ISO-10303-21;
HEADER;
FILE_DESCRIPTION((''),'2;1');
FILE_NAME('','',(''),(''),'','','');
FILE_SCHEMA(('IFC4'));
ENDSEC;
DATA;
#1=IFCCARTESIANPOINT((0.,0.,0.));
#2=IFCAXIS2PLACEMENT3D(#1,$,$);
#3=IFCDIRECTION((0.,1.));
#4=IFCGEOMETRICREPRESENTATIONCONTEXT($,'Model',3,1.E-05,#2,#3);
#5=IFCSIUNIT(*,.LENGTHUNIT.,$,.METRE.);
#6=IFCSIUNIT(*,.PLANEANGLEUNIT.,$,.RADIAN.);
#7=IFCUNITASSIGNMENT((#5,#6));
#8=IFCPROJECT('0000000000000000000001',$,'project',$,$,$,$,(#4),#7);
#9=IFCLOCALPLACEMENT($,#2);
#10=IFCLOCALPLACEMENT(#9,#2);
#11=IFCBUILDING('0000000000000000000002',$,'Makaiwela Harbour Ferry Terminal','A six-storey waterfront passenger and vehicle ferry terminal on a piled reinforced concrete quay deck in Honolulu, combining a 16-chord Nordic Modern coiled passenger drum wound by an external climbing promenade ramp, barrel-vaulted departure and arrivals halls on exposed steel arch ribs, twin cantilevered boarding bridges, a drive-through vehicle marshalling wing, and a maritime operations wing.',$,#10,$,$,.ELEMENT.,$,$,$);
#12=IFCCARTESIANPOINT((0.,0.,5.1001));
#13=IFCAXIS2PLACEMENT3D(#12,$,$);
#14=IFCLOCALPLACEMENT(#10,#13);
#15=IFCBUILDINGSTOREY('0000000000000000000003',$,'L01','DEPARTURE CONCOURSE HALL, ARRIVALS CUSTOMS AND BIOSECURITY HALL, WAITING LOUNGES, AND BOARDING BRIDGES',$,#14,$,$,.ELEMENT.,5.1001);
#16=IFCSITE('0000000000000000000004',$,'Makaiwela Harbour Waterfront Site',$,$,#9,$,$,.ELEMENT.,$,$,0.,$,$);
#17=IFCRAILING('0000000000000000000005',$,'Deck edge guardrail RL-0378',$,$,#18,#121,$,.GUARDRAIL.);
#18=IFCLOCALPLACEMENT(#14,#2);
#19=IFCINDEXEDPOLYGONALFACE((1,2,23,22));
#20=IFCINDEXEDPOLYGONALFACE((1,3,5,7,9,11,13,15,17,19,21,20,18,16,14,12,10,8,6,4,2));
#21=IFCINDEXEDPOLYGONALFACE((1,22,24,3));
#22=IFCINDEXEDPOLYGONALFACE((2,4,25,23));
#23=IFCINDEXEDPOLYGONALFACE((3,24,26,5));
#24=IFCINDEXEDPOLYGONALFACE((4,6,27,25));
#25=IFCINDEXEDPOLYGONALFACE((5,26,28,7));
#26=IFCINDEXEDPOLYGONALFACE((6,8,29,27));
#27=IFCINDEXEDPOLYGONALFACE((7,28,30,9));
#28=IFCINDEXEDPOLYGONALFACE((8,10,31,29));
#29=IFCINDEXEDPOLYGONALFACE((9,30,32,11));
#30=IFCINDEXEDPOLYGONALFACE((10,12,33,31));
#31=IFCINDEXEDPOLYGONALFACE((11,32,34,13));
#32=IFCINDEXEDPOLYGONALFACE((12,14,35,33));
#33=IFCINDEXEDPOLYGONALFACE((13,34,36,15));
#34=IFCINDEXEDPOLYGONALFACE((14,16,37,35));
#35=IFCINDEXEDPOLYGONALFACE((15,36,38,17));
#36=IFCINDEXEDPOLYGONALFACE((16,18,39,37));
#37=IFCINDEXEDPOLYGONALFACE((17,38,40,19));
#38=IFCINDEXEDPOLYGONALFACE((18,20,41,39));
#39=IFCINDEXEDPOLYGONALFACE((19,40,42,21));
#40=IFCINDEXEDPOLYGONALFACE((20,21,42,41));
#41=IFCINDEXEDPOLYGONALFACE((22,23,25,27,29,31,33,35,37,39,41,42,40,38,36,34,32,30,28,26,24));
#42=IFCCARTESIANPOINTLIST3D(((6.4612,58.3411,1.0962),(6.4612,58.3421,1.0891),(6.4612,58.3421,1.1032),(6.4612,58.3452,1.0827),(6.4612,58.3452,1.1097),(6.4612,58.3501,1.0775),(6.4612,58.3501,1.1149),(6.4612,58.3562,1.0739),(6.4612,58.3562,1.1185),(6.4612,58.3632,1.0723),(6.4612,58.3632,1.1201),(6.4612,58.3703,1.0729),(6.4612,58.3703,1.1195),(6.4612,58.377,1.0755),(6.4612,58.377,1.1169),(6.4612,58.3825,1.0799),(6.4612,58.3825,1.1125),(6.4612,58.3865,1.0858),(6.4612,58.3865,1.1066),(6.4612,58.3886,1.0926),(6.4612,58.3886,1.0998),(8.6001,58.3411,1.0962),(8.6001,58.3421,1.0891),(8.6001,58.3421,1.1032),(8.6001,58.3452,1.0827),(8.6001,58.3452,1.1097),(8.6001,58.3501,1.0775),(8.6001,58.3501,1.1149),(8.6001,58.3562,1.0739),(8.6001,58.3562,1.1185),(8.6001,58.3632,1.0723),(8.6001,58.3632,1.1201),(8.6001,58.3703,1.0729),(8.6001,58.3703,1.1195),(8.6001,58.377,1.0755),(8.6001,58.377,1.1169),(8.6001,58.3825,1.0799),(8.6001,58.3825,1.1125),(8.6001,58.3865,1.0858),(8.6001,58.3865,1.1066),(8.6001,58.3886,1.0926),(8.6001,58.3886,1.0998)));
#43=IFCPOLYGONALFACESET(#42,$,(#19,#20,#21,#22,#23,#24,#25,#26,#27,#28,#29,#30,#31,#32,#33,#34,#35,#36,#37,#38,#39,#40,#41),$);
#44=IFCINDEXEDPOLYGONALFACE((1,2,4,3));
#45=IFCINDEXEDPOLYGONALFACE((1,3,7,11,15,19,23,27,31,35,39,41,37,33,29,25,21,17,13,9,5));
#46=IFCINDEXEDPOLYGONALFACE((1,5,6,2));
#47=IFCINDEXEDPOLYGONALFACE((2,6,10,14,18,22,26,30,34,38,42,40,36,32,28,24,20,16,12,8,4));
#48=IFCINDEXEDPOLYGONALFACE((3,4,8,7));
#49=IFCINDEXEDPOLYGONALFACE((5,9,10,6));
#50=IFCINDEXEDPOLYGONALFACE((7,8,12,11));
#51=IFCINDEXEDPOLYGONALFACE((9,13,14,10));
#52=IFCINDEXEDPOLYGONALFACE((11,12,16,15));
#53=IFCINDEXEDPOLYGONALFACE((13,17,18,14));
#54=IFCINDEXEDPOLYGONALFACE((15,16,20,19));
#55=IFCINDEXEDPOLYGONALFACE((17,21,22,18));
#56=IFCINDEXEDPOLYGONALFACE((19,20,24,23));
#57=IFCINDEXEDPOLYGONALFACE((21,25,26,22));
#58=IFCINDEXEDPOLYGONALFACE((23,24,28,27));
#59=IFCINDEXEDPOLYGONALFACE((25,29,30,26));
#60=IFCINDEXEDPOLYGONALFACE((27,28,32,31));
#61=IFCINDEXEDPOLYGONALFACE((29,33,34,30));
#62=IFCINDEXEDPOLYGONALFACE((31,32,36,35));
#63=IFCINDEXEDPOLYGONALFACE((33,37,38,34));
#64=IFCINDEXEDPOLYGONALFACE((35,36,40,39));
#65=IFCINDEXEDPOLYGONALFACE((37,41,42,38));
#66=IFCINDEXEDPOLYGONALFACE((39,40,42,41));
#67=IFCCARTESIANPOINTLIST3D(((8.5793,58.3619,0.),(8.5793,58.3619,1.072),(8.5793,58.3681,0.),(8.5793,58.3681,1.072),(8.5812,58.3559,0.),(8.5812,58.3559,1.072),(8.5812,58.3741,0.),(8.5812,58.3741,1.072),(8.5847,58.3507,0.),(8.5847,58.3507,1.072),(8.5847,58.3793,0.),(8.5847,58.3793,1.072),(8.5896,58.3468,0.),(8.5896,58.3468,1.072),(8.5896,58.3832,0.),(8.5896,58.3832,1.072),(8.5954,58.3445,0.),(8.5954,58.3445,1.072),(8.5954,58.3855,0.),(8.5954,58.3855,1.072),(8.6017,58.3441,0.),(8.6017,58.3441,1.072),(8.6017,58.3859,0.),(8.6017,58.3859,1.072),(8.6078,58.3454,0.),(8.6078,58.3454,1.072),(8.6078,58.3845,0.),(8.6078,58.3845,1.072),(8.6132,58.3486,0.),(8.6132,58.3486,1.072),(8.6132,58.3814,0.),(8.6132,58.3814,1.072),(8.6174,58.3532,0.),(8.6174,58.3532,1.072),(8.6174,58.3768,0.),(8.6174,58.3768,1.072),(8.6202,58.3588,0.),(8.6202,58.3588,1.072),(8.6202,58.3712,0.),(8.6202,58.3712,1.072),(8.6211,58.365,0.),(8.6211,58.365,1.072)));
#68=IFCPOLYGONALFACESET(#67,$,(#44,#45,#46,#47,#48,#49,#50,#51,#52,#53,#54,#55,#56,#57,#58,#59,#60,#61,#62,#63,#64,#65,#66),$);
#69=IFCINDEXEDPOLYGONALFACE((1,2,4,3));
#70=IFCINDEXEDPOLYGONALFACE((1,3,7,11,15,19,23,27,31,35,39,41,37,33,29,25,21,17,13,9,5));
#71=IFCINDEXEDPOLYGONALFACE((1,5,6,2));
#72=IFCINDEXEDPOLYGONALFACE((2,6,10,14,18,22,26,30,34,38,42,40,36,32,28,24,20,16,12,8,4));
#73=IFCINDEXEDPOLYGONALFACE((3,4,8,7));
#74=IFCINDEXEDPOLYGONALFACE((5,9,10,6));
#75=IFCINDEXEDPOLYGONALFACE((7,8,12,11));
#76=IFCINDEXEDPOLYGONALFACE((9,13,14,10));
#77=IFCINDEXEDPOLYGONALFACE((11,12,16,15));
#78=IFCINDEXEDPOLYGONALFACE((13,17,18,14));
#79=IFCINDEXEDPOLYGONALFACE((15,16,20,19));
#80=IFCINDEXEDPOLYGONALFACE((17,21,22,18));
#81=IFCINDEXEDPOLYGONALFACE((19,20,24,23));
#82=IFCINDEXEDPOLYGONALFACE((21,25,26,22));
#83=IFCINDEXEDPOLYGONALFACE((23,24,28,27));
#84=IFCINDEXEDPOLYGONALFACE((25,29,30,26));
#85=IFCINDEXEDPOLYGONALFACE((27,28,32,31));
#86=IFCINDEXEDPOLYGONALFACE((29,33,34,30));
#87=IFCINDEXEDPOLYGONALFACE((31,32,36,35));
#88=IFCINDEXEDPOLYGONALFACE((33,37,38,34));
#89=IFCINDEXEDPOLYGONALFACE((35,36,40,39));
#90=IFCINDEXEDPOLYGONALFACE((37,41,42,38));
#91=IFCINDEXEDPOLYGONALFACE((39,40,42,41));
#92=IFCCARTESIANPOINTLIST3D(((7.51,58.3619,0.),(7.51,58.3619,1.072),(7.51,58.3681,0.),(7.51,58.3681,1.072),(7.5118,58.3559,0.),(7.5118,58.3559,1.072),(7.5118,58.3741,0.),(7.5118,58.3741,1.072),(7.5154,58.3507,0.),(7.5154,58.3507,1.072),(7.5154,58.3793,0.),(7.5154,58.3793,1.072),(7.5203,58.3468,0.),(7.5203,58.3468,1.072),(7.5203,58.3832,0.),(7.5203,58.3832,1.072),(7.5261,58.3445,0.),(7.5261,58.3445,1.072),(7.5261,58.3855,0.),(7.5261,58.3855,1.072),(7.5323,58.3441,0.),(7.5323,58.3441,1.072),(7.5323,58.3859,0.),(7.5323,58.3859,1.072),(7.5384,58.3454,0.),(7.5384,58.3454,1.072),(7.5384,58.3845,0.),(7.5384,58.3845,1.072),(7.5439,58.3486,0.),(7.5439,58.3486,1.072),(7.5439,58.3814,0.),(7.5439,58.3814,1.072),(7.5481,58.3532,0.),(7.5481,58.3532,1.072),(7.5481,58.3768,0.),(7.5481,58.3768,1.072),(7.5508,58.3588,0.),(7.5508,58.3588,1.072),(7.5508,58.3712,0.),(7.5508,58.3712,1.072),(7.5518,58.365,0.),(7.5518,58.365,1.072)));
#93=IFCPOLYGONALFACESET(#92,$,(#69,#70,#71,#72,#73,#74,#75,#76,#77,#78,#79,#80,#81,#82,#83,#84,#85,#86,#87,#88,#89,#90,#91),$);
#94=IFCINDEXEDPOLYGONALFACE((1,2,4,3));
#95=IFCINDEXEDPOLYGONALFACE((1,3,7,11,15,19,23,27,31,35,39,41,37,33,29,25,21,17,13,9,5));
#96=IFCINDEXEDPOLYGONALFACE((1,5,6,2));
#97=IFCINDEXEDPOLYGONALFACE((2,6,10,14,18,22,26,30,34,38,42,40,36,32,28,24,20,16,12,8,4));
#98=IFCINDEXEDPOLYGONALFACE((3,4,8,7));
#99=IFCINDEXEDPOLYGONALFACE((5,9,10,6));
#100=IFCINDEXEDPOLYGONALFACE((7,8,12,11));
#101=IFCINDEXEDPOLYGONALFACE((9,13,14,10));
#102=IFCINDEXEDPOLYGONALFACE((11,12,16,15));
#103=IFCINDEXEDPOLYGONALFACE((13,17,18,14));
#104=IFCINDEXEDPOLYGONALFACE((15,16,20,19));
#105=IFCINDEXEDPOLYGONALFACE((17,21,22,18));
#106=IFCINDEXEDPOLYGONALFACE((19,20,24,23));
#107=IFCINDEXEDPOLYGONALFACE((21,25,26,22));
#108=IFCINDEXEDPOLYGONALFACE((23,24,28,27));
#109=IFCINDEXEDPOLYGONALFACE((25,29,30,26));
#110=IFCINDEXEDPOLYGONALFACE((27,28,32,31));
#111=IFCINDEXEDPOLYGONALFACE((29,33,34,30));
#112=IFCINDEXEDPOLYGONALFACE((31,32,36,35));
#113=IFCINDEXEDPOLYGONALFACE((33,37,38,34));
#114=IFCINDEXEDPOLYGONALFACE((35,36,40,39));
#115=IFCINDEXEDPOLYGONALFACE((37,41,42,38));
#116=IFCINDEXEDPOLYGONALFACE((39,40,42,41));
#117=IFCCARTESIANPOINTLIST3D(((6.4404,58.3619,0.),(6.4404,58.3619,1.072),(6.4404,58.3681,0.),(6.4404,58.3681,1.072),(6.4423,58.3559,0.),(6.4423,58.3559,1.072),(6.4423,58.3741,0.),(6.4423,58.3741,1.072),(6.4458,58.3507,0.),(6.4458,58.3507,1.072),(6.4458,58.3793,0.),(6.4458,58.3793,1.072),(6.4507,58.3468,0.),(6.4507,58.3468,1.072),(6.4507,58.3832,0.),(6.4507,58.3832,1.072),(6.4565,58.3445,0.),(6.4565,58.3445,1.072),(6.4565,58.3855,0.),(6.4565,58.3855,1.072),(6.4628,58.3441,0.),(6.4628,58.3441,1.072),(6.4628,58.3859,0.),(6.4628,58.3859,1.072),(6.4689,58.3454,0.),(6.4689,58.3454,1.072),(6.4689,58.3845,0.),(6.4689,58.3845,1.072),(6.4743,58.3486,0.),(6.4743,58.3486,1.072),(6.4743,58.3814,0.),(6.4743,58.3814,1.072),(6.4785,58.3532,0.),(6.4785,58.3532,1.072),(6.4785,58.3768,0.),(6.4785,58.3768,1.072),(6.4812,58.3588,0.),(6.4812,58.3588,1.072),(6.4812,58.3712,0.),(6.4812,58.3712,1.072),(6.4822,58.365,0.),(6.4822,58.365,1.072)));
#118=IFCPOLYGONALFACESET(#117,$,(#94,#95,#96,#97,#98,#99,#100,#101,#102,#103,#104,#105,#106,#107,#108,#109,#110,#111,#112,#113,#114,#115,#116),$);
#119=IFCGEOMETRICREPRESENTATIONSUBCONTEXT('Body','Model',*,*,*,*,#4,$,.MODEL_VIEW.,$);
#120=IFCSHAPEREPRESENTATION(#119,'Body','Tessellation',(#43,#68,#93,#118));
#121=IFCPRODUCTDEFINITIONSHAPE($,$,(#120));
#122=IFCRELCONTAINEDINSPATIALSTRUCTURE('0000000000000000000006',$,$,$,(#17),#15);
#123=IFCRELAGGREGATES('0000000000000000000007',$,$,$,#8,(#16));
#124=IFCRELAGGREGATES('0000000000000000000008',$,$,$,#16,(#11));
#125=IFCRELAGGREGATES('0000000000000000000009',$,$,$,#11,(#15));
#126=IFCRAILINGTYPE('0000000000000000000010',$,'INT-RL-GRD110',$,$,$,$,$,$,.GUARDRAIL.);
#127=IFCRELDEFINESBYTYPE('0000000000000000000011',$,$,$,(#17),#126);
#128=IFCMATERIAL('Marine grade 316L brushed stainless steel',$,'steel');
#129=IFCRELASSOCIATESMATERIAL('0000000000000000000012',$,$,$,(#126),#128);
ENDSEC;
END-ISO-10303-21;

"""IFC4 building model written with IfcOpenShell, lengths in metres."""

from ifc_helpers import new_model, si_unit, direction, frame, origin, origin_2d, place, context, subcontext, project, spatial, circle, extrude, material, type_object, element, save


model = new_model("IFC4")

# Units and contexts
model_context = context("Model", 3, precision=1e-05, world=origin(), true_north=direction((0.0, 1.0)))
body_context = subcontext(model_context, "Body", "Model", "MODEL_VIEW")
ifc_project = project(units=[si_unit("LENGTHUNIT", "METRE"), si_unit("PLANEANGLEUNIT", "RADIAN")], contexts=[model_context])

# Site, building, storey
site_placement = place(None, origin())
site = spatial("IfcSite", under=ifc_project, at=site_placement, Name="Makaiwela Harbour Waterfront Site", CompositionType="ELEMENT", RefElevation=0.0)
building_placement = place(site_placement, origin())
building = spatial("IfcBuilding", under=site, at=building_placement, Name="Makaiwela Harbour Ferry Terminal", Description="A six-storey waterfront passenger and vehicle ferry terminal on a piled reinforced concrete quay deck in Honolulu, combining a 16-chord Nordic Modern coiled passenger drum wound by an external climbing promenade ramp, barrel-vaulted departure and arrivals halls on exposed steel arch ribs, twin cantilevered boarding bridges, a drive-through vehicle marshalling wing, and a maritime operations wing.", CompositionType="ELEMENT")
storey_placement = place(building_placement, frame((0.0, 0.0, 5.1001)))
storey = spatial("IfcBuildingStorey", under=building, at=storey_placement, Name="L01", Description="DEPARTURE CONCOURSE HALL, ARRIVALS CUSTOMS AND BIOSECURITY HALL, WAITING LOUNGES, AND BOARDING BRIDGES", CompositionType="ELEMENT", Elevation=5.1001)

# Railing
ifc_material_1 = material(Name="Marine grade 316L brushed stainless steel", Category="steel")
railing_type = type_object("IfcRailingType", Name="INT-RL-GRD110", PredefinedType="GUARDRAIL", material=ifc_material_1)
railing_1_placement = place(storey_placement, frame((8.6001, 58.365, 0.0)))
element("IfcRailing", 1, at=railing_1_placement, inside=storey, type_object=railing_type, Name="Deck edge guardrail RL-0378", PredefinedType="GUARDRAIL", context=body_context, shape_type="SweptSolid", body=[
    extrude(circle(Radius=0.0239, at=origin_2d()), frame((0.0, 0.0, 1.0962), z_axis=(-1.0, 0.0, 0.0), x_axis=(0.0, -1.0, 0.0)), (0.0, 0.0, 1.0), 2.1389),
    extrude(circle(Radius=0.021, at=origin_2d()), origin(), (0.0, 0.0, 1.0), 1.072),
    extrude(circle(Radius=0.021, at=origin_2d()), frame((-1.0693, 0.0, 0.0)), (0.0, 0.0, 1.0), 1.072),
    extrude(circle(Radius=0.021, at=origin_2d()), frame((-2.1389, 0.0, 0.0)), (0.0, 0.0, 1.0), 1.072),
])

save(model, "model.ifc")
